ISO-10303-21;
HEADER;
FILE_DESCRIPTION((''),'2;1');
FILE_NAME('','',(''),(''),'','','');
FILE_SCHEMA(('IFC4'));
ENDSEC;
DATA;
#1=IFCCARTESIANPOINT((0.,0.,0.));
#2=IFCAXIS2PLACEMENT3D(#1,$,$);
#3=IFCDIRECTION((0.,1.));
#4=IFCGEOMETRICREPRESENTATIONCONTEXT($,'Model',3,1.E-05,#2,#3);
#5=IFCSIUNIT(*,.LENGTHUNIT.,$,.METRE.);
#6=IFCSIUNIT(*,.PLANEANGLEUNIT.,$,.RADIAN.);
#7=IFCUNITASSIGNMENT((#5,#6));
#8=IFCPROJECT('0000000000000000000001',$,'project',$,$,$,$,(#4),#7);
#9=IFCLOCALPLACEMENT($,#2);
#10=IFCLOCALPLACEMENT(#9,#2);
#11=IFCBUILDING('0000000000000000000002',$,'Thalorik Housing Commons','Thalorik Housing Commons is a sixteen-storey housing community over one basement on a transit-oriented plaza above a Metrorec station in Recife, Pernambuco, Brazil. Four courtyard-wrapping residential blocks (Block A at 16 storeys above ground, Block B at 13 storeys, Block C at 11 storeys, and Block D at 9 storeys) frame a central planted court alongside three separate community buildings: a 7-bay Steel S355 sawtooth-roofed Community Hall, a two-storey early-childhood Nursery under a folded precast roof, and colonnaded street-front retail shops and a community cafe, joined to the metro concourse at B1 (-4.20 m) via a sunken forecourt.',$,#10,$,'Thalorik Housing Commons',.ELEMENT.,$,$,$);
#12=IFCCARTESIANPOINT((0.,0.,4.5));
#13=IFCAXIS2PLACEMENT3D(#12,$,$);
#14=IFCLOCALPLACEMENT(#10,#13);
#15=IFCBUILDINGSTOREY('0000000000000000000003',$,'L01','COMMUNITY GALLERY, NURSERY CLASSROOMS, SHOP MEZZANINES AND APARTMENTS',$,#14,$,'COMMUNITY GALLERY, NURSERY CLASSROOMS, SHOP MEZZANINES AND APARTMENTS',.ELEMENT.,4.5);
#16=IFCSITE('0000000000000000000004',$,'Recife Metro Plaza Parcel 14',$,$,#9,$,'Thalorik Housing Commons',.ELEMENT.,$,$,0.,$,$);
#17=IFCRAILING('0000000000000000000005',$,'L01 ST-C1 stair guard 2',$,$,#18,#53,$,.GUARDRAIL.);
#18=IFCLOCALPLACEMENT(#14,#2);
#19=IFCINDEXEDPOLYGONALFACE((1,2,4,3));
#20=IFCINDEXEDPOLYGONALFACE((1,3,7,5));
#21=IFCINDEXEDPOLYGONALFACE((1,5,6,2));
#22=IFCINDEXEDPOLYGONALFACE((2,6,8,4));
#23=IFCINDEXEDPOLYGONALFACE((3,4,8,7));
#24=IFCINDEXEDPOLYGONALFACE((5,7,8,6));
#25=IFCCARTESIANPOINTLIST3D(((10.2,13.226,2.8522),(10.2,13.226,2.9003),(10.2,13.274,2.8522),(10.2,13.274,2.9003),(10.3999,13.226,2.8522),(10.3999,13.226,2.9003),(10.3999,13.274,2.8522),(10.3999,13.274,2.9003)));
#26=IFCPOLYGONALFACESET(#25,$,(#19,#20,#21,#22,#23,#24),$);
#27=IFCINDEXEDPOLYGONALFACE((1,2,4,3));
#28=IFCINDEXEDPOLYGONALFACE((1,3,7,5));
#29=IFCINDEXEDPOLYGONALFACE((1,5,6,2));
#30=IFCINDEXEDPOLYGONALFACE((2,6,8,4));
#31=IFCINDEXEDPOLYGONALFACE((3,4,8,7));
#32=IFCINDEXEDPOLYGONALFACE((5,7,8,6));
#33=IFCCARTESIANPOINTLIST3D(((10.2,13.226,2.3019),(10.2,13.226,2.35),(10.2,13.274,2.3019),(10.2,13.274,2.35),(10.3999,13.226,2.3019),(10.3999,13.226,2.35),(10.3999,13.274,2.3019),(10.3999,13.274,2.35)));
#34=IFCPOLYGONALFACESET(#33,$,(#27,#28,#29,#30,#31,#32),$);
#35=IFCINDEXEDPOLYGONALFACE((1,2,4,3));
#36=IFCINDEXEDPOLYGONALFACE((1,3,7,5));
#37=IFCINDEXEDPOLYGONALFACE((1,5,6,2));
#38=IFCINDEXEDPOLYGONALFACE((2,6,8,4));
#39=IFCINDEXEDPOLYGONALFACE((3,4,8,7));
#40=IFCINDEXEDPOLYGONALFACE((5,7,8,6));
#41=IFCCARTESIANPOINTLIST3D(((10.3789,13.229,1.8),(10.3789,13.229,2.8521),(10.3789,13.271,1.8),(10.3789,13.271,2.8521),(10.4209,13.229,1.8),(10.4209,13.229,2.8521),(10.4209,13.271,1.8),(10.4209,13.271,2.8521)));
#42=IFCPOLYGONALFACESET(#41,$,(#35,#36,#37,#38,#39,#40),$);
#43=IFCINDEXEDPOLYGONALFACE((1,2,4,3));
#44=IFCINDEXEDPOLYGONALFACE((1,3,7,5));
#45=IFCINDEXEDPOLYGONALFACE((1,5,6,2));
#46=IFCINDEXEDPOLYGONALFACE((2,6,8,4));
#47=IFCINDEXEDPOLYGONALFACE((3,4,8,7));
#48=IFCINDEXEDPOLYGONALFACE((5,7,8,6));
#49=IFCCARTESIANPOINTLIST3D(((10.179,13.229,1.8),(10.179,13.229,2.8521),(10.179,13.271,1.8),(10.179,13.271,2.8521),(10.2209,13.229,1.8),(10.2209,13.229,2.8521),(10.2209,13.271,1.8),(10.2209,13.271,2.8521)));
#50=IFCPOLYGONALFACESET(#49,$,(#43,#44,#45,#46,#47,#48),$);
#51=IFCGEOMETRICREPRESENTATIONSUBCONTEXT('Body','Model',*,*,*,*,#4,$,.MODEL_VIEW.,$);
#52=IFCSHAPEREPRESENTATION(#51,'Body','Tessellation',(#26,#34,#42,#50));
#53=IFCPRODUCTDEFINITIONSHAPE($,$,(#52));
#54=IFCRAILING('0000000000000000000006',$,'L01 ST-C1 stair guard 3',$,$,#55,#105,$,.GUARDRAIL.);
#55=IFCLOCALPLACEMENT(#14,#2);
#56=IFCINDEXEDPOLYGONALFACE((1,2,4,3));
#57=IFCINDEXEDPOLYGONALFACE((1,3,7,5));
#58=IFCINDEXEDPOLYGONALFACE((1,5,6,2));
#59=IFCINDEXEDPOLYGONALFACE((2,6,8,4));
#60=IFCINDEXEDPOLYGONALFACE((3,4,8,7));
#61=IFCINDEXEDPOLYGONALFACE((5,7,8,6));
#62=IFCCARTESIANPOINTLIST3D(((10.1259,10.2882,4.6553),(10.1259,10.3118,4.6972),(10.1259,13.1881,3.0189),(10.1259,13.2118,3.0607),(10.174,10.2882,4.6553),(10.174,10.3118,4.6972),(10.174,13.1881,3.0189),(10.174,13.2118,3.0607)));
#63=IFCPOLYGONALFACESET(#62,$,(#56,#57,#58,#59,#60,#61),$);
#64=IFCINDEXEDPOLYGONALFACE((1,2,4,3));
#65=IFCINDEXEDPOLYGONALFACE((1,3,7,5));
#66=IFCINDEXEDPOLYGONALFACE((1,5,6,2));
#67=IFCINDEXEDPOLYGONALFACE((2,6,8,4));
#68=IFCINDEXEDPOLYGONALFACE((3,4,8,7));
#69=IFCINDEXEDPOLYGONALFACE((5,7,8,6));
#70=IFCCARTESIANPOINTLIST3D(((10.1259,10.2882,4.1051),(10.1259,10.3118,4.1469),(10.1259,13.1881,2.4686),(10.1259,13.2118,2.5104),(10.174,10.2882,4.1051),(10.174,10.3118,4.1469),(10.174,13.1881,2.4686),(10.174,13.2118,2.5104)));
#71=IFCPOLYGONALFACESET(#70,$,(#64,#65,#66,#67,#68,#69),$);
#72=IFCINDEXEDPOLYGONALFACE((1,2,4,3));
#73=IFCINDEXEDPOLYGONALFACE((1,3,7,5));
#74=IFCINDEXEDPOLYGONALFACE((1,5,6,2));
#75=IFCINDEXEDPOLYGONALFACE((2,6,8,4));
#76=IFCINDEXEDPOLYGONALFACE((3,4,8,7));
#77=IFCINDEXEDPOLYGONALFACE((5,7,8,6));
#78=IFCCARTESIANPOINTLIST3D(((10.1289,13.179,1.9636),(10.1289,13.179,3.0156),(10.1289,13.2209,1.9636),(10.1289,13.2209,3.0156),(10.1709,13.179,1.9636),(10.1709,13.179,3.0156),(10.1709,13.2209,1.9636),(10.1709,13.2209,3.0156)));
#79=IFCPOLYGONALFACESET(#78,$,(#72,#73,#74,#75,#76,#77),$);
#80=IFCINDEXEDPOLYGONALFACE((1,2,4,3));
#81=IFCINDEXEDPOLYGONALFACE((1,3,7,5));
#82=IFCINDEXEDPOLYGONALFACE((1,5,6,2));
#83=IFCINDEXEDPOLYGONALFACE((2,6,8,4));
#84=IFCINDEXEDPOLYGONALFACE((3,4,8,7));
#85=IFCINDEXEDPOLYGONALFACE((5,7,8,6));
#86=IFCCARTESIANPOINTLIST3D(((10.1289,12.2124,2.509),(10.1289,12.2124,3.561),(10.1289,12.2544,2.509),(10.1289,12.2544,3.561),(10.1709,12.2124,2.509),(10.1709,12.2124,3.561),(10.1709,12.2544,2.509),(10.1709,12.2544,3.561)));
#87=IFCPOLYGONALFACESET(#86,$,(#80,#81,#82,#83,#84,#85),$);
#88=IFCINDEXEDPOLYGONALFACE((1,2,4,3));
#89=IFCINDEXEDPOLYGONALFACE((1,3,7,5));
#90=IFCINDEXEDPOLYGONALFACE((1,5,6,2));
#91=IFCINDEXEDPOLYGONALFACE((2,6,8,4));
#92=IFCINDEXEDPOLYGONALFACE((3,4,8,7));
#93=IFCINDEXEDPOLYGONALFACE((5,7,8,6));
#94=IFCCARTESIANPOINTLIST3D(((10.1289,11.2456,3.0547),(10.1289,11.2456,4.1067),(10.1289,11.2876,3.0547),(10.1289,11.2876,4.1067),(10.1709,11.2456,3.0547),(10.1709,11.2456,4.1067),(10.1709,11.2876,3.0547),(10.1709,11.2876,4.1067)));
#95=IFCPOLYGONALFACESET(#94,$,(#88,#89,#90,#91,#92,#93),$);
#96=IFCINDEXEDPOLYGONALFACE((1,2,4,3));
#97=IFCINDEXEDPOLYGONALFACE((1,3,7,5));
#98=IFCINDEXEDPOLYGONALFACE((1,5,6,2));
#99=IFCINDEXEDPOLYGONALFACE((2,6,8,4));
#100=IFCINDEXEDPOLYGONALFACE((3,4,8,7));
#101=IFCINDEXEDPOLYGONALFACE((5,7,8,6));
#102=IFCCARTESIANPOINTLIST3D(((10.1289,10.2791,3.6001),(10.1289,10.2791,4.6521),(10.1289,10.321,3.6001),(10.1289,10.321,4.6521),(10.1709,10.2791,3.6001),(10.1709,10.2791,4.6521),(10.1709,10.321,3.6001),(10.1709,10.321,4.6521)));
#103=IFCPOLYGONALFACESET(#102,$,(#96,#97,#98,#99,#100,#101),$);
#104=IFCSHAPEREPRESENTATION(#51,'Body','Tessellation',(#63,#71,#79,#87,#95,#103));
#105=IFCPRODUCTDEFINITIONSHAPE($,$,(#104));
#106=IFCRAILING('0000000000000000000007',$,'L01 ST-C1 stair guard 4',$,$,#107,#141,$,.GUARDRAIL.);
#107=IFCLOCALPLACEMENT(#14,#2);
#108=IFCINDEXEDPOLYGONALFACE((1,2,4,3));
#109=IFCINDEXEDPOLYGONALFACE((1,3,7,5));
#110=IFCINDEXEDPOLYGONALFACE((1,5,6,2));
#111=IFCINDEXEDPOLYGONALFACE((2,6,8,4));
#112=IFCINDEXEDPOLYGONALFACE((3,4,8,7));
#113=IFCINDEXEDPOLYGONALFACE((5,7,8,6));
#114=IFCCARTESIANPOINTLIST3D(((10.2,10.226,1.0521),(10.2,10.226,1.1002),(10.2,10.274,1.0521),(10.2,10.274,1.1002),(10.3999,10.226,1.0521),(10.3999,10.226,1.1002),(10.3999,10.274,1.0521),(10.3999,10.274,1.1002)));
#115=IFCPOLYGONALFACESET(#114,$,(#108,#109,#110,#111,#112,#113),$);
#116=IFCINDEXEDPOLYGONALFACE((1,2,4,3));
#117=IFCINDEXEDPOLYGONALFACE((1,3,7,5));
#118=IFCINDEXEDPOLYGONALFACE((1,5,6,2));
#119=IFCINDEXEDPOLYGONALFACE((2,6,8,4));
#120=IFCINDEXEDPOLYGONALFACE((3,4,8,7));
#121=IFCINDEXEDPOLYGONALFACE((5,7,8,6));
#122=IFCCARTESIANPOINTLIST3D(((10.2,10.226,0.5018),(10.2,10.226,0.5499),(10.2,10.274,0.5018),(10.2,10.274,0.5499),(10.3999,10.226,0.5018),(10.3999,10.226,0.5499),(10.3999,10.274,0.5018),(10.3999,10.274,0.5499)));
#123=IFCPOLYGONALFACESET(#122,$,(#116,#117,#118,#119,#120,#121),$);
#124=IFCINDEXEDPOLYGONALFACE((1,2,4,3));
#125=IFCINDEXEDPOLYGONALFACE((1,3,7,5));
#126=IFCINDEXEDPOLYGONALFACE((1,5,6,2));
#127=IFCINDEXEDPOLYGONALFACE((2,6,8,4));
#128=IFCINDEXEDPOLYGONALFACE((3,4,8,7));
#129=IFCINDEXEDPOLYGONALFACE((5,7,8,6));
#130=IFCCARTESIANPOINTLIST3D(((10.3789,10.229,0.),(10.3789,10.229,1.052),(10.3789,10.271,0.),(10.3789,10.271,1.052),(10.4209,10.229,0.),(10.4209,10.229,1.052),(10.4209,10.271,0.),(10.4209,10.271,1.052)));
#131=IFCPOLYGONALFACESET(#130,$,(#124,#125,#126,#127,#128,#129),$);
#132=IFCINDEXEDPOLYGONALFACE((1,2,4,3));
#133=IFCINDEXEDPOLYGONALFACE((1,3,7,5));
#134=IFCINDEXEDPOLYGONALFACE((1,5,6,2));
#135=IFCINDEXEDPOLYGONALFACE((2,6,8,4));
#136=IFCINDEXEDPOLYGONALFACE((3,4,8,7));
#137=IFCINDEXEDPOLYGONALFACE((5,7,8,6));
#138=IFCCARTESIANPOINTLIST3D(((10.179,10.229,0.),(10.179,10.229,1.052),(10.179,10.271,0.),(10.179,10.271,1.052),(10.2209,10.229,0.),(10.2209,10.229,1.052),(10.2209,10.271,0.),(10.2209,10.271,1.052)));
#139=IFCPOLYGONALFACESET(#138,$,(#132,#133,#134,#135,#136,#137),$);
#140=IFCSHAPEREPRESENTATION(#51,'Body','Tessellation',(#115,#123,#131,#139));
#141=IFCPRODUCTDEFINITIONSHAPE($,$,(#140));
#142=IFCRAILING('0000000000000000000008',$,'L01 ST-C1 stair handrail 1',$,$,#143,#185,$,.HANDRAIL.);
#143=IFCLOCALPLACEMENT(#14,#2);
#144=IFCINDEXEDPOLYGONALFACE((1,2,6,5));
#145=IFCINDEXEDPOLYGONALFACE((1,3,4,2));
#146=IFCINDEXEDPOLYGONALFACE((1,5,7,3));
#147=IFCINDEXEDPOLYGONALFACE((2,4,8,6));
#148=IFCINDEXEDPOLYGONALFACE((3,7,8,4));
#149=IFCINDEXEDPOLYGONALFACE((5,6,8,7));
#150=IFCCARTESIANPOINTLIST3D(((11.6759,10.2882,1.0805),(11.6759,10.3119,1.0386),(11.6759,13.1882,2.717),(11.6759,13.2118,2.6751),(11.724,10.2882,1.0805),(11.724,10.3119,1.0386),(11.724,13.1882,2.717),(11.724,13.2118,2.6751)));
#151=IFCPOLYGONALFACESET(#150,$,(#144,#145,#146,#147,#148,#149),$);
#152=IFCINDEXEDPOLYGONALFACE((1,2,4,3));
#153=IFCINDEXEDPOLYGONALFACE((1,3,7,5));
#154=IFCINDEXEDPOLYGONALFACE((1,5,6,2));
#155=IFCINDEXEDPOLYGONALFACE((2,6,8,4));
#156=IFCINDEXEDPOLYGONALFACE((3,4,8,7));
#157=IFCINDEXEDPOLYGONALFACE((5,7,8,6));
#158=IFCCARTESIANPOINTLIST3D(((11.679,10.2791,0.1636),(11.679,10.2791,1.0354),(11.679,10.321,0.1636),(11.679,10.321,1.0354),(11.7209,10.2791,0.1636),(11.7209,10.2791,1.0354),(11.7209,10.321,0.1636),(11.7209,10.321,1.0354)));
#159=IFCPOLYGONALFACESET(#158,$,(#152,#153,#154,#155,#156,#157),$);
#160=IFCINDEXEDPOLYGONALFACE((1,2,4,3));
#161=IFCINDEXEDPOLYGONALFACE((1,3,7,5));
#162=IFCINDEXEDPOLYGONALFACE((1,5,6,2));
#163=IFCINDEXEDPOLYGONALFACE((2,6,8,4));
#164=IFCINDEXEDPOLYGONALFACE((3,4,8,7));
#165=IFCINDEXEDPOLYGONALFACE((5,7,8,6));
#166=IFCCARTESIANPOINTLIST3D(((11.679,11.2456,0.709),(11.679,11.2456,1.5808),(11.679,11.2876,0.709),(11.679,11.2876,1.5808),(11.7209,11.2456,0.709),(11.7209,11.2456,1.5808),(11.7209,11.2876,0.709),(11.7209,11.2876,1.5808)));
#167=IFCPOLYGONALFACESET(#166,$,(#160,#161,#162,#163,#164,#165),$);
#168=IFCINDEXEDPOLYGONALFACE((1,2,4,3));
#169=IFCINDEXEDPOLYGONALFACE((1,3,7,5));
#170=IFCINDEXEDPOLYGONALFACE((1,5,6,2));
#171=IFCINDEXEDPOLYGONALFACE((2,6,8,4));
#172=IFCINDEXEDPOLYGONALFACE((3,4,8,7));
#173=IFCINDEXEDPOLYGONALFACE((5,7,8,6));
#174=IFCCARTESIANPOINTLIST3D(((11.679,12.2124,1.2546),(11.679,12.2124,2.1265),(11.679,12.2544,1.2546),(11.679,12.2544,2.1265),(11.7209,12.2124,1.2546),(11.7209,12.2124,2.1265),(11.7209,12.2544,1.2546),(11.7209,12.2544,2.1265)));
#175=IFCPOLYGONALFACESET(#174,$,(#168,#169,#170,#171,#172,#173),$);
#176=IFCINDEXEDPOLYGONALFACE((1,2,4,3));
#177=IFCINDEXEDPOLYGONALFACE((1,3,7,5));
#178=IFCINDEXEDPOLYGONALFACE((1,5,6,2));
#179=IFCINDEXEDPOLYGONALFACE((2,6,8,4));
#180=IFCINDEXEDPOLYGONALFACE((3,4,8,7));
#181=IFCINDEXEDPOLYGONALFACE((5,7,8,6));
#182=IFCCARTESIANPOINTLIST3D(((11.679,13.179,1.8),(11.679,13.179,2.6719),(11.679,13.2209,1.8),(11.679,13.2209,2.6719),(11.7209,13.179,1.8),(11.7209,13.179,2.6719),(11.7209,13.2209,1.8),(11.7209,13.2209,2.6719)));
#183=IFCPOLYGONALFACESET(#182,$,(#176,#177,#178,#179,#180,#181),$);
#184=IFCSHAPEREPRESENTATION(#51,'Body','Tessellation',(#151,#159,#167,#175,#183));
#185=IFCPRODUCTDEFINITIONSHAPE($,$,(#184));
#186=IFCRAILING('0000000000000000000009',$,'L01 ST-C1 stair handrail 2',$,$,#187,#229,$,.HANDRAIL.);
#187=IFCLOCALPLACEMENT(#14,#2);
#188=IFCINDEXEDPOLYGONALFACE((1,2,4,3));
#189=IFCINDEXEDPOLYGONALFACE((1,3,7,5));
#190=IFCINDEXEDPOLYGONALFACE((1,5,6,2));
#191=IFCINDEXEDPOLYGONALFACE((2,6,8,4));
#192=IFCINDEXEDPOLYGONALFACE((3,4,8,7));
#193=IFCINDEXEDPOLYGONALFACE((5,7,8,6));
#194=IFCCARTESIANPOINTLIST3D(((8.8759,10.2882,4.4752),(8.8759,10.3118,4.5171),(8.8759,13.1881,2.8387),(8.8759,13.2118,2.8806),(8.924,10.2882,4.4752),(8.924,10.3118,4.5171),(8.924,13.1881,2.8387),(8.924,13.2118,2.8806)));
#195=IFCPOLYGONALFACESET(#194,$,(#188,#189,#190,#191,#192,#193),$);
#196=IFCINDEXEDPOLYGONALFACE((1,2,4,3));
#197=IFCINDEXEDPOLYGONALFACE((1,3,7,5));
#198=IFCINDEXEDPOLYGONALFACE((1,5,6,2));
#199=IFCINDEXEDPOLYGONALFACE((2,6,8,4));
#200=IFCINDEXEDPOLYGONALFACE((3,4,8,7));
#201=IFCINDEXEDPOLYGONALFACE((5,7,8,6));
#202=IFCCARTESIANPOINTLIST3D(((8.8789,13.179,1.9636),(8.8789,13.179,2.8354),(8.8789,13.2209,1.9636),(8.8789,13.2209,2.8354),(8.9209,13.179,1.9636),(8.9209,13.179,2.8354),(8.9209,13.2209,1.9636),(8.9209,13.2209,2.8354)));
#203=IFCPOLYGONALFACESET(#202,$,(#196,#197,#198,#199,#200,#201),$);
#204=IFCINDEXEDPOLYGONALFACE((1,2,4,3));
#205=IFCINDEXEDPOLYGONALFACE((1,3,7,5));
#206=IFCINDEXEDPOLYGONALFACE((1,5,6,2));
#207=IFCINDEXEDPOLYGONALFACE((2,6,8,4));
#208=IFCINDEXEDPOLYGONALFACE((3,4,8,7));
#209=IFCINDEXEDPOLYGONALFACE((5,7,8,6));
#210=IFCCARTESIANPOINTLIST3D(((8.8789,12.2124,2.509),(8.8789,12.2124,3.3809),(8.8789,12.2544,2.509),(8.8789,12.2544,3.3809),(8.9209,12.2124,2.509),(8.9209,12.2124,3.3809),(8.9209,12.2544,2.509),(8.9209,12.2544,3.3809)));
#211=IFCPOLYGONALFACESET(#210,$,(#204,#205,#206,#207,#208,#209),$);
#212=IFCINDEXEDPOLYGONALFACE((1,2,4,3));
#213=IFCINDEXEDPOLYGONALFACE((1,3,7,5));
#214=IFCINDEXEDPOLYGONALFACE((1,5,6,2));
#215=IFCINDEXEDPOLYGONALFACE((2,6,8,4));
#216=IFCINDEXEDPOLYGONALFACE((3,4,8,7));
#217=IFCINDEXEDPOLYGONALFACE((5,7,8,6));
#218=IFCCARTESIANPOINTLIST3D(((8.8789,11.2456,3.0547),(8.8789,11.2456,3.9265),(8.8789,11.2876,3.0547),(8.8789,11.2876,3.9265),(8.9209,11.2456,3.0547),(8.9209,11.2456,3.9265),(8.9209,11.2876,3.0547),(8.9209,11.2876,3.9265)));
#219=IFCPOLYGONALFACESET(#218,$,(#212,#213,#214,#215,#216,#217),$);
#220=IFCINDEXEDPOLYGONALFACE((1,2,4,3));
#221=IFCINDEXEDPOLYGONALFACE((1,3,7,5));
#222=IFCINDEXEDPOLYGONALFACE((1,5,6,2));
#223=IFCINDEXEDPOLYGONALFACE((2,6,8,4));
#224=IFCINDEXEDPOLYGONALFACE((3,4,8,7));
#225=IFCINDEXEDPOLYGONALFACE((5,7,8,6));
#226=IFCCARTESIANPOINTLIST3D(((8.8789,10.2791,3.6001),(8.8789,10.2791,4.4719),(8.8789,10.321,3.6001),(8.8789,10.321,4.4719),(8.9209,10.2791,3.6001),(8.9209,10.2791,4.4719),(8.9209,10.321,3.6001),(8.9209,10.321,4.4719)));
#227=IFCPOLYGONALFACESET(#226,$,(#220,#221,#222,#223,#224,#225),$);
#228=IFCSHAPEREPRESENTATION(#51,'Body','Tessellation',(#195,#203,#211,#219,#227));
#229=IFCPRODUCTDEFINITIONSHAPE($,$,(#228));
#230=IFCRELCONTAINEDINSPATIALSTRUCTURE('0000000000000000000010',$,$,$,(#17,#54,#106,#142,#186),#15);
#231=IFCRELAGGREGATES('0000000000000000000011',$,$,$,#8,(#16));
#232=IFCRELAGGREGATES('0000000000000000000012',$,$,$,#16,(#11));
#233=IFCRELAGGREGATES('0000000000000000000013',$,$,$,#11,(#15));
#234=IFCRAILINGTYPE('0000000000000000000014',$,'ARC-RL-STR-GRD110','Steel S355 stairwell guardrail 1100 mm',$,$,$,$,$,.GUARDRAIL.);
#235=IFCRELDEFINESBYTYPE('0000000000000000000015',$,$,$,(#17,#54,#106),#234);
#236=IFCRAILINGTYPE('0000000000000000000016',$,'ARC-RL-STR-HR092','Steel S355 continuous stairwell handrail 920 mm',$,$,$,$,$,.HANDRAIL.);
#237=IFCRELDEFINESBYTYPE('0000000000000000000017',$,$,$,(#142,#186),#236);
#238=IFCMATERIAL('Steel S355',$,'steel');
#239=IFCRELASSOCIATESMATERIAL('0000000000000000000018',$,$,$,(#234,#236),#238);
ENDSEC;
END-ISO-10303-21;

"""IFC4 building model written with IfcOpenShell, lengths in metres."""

from ifc_helpers import new_model, si_unit, direction, frame, origin, origin_2d, place, context, subcontext, project, spatial, rectangle, extrude, material, type_object, element, save


model = new_model("IFC4")

# Units and contexts
model_context = context("Model", 3, precision=1e-05, world=origin(), true_north=direction((0.0, 1.0)))
body_context = subcontext(model_context, "Body", "Model", "MODEL_VIEW")
ifc_project = project(units=[si_unit("LENGTHUNIT", "METRE"), si_unit("PLANEANGLEUNIT", "RADIAN")], contexts=[model_context])

# Site, building, storey
site_placement = place(None, origin())
site = spatial("IfcSite", under=ifc_project, at=site_placement, Name="Recife Metro Plaza Parcel 14", LongName="Thalorik Housing Commons", CompositionType="ELEMENT", RefElevation=0.0)
building_placement = place(site_placement, origin())
building = spatial("IfcBuilding", under=site, at=building_placement, Name="Thalorik Housing Commons", Description="Thalorik Housing Commons is a sixteen-storey housing community over one basement on a transit-oriented plaza above a Metrorec station in Recife, Pernambuco, Brazil. Four courtyard-wrapping residential blocks (Block A at 16 storeys above ground, Block B at 13 storeys, Block C at 11 storeys, and Block D at 9 storeys) frame a central planted court alongside three separate community buildings: a 7-bay Steel S355 sawtooth-roofed Community Hall, a two-storey early-childhood Nursery under a folded precast roof, and colonnaded street-front retail shops and a community cafe, joined to the metro concourse at B1 (-4.20 m) via a sunken forecourt.", LongName="Thalorik Housing Commons", CompositionType="ELEMENT")
storey_placement = place(building_placement, frame((0.0, 0.0, 4.5)))
storey = spatial("IfcBuildingStorey", under=building, at=storey_placement, Name="L01", Description="COMMUNITY GALLERY, NURSERY CLASSROOMS, SHOP MEZZANINES AND APARTMENTS", LongName="COMMUNITY GALLERY, NURSERY CLASSROOMS, SHOP MEZZANINES AND APARTMENTS", CompositionType="ELEMENT", Elevation=4.5)

# Shared definitions
ifc_material_1 = material(Name="Steel S355", Category="steel")

# Railings
railing_type_1 = type_object("IfcRailingType", Name="ARC-RL-STR-GRD110", Description="Steel S355 stairwell guardrail 1100 mm", PredefinedType="GUARDRAIL", material=ifc_material_1)
railing_1_placement = place(storey_placement, frame((10.3999, 13.25, 1.8)))
element("IfcRailing", 1, at=railing_1_placement, inside=storey, type_object=railing_type_1, Name="L01 ST-C1 stair guard 2", PredefinedType="GUARDRAIL", context=body_context, shape_type="SweptSolid", body=[
    extrude(rectangle(XDim=0.0481, YDim=0.0481, at=origin_2d()), frame((0.0, 0.0, 1.0762), z_axis=(-1.0, 0.0, 0.0), x_axis=(0.0, -1.0, 0.0)), (0.0, 0.0, 1.0), 0.2),
    extrude(rectangle(XDim=0.0481, YDim=0.0481, at=origin_2d()), frame((0.0, 0.0, 0.5259), z_axis=(-1.0, 0.0, 0.0), x_axis=(0.0, -1.0, 0.0)), (0.0, 0.0, 1.0), 0.2),
    extrude(rectangle(XDim=0.042, YDim=0.042, at=origin_2d()), origin(), (0.0, 0.0, 1.0), 1.052),
    extrude(rectangle(XDim=0.042, YDim=0.042, at=origin_2d()), frame((-0.2, 0.0, 0.0)), (0.0, 0.0, 1.0), 1.052),
])
railing_2_placement = place(storey_placement, frame((10.1499, 13.2, 1.9636)))
element("IfcRailing", 2, at=railing_2_placement, inside=storey, type_object=railing_type_1, Name="L01 ST-C1 stair guard 3", PredefinedType="GUARDRAIL", context=body_context, shape_type="SweptSolid", body=[
    extrude(rectangle(XDim=0.0481, YDim=0.0481, at=origin_2d()), frame((0.0, 0.0, 1.0762), z_axis=(0.0, -0.870897, 0.491465), x_axis=(1.0, 0.0, 0.0)), (0.0, 0.0, 1.0), 3.3298),
    extrude(rectangle(XDim=0.0481, YDim=0.0481, at=origin_2d()), frame((0.0, 0.0, 0.5259), z_axis=(0.0, -0.870897, 0.491465), x_axis=(1.0, 0.0, 0.0)), (0.0, 0.0, 1.0), 3.3298),
    extrude(rectangle(XDim=0.042, YDim=0.042, at=origin_2d()), origin(), (0.0, 0.0, 1.0), 1.052),
    extrude(rectangle(XDim=0.042, YDim=0.042, at=origin_2d()), frame((0.0, -0.9666, 0.5454)), (0.0, 0.0, 1.0), 1.052),
    extrude(rectangle(XDim=0.042, YDim=0.042, at=origin_2d()), frame((0.0, -1.9333, 1.0911)), (0.0, 0.0, 1.0), 1.052),
    extrude(rectangle(XDim=0.042, YDim=0.042, at=origin_2d()), frame((0.0, -2.8999, 1.6365)), (0.0, 0.0, 1.0), 1.052),
])
railing_3_placement = place(storey_placement, frame((10.3999, 10.25, 0.0)))
element("IfcRailing", 3, at=railing_3_placement, inside=storey, type_object=railing_type_1, Name="L01 ST-C1 stair guard 4", PredefinedType="GUARDRAIL", context=body_context, shape_type="SweptSolid", body=[
    extrude(rectangle(XDim=0.0481, YDim=0.0481, at=origin_2d()), frame((0.0, 0.0, 1.0762), z_axis=(-1.0, 0.0, 0.0), x_axis=(0.0, -1.0, 0.0)), (0.0, 0.0, 1.0), 0.2),
    extrude(rectangle(XDim=0.0481, YDim=0.0481, at=origin_2d()), frame((0.0, 0.0, 0.5259), z_axis=(-1.0, 0.0, 0.0), x_axis=(0.0, -1.0, 0.0)), (0.0, 0.0, 1.0), 0.2),
    extrude(rectangle(XDim=0.042, YDim=0.042, at=origin_2d()), origin(), (0.0, 0.0, 1.0), 1.052),
    extrude(rectangle(XDim=0.042, YDim=0.042, at=origin_2d()), frame((-0.2, 0.0, 0.0)), (0.0, 0.0, 1.0), 1.052),
])
railing_type_2 = type_object("IfcRailingType", Name="ARC-RL-STR-HR092", Description="Steel S355 continuous stairwell handrail 920 mm", PredefinedType="HANDRAIL", material=ifc_material_1)
railing_4_placement = place(storey_placement, frame((11.7, 10.3, 0.1636)))
element("IfcRailing", 4, at=railing_4_placement, inside=storey, type_object=railing_type_2, Name="L01 ST-C1 stair handrail 1", PredefinedType="HANDRAIL", context=body_context, shape_type="SweptSolid", body=[
    extrude(rectangle(XDim=0.0481, YDim=0.0481, at=origin_2d()), frame((0.0, 0.0, 0.896), z_axis=(0.0, 0.870897, 0.491465), x_axis=(-1.0, 0.0, 0.0)), (0.0, 0.0, 1.0), 3.3298),
    extrude(rectangle(XDim=0.042, YDim=0.042, at=origin_2d()), origin(), (0.0, 0.0, 1.0), 0.8718),
    extrude(rectangle(XDim=0.042, YDim=0.042, at=origin_2d()), frame((0.0, 0.9666, 0.5454)), (0.0, 0.0, 1.0), 0.8718),
    extrude(rectangle(XDim=0.042, YDim=0.042, at=origin_2d()), frame((0.0, 1.9333, 1.0911)), (0.0, 0.0, 1.0), 0.8718),
    extrude(rectangle(XDim=0.042, YDim=0.042, at=origin_2d()), frame((0.0, 2.8999, 1.6365)), (0.0, 0.0, 1.0), 0.8718),
])
railing_5_placement = place(storey_placement, frame((8.8999, 13.2, 1.9636)))
element("IfcRailing", 5, at=railing_5_placement, inside=storey, type_object=railing_type_2, Name="L01 ST-C1 stair handrail 2", PredefinedType="HANDRAIL", context=body_context, shape_type="SweptSolid", body=[
    extrude(rectangle(XDim=0.0481, YDim=0.0481, at=origin_2d()), frame((0.0, 0.0, 0.896), z_axis=(0.0, -0.870897, 0.491465), x_axis=(1.0, 0.0, 0.0)), (0.0, 0.0, 1.0), 3.3298),
    extrude(rectangle(XDim=0.042, YDim=0.042, at=origin_2d()), origin(), (0.0, 0.0, 1.0), 0.8718),
    extrude(rectangle(XDim=0.042, YDim=0.042, at=origin_2d()), frame((0.0, -0.9666, 0.5454)), (0.0, 0.0, 1.0), 0.8718),
    extrude(rectangle(XDim=0.042, YDim=0.042, at=origin_2d()), frame((0.0, -1.9333, 1.0911)), (0.0, 0.0, 1.0), 0.8718),
    extrude(rectangle(XDim=0.042, YDim=0.042, at=origin_2d()), frame((0.0, -2.8999, 1.6365)), (0.0, 0.0, 1.0), 0.8718),
])

save(model, "model.ifc")
